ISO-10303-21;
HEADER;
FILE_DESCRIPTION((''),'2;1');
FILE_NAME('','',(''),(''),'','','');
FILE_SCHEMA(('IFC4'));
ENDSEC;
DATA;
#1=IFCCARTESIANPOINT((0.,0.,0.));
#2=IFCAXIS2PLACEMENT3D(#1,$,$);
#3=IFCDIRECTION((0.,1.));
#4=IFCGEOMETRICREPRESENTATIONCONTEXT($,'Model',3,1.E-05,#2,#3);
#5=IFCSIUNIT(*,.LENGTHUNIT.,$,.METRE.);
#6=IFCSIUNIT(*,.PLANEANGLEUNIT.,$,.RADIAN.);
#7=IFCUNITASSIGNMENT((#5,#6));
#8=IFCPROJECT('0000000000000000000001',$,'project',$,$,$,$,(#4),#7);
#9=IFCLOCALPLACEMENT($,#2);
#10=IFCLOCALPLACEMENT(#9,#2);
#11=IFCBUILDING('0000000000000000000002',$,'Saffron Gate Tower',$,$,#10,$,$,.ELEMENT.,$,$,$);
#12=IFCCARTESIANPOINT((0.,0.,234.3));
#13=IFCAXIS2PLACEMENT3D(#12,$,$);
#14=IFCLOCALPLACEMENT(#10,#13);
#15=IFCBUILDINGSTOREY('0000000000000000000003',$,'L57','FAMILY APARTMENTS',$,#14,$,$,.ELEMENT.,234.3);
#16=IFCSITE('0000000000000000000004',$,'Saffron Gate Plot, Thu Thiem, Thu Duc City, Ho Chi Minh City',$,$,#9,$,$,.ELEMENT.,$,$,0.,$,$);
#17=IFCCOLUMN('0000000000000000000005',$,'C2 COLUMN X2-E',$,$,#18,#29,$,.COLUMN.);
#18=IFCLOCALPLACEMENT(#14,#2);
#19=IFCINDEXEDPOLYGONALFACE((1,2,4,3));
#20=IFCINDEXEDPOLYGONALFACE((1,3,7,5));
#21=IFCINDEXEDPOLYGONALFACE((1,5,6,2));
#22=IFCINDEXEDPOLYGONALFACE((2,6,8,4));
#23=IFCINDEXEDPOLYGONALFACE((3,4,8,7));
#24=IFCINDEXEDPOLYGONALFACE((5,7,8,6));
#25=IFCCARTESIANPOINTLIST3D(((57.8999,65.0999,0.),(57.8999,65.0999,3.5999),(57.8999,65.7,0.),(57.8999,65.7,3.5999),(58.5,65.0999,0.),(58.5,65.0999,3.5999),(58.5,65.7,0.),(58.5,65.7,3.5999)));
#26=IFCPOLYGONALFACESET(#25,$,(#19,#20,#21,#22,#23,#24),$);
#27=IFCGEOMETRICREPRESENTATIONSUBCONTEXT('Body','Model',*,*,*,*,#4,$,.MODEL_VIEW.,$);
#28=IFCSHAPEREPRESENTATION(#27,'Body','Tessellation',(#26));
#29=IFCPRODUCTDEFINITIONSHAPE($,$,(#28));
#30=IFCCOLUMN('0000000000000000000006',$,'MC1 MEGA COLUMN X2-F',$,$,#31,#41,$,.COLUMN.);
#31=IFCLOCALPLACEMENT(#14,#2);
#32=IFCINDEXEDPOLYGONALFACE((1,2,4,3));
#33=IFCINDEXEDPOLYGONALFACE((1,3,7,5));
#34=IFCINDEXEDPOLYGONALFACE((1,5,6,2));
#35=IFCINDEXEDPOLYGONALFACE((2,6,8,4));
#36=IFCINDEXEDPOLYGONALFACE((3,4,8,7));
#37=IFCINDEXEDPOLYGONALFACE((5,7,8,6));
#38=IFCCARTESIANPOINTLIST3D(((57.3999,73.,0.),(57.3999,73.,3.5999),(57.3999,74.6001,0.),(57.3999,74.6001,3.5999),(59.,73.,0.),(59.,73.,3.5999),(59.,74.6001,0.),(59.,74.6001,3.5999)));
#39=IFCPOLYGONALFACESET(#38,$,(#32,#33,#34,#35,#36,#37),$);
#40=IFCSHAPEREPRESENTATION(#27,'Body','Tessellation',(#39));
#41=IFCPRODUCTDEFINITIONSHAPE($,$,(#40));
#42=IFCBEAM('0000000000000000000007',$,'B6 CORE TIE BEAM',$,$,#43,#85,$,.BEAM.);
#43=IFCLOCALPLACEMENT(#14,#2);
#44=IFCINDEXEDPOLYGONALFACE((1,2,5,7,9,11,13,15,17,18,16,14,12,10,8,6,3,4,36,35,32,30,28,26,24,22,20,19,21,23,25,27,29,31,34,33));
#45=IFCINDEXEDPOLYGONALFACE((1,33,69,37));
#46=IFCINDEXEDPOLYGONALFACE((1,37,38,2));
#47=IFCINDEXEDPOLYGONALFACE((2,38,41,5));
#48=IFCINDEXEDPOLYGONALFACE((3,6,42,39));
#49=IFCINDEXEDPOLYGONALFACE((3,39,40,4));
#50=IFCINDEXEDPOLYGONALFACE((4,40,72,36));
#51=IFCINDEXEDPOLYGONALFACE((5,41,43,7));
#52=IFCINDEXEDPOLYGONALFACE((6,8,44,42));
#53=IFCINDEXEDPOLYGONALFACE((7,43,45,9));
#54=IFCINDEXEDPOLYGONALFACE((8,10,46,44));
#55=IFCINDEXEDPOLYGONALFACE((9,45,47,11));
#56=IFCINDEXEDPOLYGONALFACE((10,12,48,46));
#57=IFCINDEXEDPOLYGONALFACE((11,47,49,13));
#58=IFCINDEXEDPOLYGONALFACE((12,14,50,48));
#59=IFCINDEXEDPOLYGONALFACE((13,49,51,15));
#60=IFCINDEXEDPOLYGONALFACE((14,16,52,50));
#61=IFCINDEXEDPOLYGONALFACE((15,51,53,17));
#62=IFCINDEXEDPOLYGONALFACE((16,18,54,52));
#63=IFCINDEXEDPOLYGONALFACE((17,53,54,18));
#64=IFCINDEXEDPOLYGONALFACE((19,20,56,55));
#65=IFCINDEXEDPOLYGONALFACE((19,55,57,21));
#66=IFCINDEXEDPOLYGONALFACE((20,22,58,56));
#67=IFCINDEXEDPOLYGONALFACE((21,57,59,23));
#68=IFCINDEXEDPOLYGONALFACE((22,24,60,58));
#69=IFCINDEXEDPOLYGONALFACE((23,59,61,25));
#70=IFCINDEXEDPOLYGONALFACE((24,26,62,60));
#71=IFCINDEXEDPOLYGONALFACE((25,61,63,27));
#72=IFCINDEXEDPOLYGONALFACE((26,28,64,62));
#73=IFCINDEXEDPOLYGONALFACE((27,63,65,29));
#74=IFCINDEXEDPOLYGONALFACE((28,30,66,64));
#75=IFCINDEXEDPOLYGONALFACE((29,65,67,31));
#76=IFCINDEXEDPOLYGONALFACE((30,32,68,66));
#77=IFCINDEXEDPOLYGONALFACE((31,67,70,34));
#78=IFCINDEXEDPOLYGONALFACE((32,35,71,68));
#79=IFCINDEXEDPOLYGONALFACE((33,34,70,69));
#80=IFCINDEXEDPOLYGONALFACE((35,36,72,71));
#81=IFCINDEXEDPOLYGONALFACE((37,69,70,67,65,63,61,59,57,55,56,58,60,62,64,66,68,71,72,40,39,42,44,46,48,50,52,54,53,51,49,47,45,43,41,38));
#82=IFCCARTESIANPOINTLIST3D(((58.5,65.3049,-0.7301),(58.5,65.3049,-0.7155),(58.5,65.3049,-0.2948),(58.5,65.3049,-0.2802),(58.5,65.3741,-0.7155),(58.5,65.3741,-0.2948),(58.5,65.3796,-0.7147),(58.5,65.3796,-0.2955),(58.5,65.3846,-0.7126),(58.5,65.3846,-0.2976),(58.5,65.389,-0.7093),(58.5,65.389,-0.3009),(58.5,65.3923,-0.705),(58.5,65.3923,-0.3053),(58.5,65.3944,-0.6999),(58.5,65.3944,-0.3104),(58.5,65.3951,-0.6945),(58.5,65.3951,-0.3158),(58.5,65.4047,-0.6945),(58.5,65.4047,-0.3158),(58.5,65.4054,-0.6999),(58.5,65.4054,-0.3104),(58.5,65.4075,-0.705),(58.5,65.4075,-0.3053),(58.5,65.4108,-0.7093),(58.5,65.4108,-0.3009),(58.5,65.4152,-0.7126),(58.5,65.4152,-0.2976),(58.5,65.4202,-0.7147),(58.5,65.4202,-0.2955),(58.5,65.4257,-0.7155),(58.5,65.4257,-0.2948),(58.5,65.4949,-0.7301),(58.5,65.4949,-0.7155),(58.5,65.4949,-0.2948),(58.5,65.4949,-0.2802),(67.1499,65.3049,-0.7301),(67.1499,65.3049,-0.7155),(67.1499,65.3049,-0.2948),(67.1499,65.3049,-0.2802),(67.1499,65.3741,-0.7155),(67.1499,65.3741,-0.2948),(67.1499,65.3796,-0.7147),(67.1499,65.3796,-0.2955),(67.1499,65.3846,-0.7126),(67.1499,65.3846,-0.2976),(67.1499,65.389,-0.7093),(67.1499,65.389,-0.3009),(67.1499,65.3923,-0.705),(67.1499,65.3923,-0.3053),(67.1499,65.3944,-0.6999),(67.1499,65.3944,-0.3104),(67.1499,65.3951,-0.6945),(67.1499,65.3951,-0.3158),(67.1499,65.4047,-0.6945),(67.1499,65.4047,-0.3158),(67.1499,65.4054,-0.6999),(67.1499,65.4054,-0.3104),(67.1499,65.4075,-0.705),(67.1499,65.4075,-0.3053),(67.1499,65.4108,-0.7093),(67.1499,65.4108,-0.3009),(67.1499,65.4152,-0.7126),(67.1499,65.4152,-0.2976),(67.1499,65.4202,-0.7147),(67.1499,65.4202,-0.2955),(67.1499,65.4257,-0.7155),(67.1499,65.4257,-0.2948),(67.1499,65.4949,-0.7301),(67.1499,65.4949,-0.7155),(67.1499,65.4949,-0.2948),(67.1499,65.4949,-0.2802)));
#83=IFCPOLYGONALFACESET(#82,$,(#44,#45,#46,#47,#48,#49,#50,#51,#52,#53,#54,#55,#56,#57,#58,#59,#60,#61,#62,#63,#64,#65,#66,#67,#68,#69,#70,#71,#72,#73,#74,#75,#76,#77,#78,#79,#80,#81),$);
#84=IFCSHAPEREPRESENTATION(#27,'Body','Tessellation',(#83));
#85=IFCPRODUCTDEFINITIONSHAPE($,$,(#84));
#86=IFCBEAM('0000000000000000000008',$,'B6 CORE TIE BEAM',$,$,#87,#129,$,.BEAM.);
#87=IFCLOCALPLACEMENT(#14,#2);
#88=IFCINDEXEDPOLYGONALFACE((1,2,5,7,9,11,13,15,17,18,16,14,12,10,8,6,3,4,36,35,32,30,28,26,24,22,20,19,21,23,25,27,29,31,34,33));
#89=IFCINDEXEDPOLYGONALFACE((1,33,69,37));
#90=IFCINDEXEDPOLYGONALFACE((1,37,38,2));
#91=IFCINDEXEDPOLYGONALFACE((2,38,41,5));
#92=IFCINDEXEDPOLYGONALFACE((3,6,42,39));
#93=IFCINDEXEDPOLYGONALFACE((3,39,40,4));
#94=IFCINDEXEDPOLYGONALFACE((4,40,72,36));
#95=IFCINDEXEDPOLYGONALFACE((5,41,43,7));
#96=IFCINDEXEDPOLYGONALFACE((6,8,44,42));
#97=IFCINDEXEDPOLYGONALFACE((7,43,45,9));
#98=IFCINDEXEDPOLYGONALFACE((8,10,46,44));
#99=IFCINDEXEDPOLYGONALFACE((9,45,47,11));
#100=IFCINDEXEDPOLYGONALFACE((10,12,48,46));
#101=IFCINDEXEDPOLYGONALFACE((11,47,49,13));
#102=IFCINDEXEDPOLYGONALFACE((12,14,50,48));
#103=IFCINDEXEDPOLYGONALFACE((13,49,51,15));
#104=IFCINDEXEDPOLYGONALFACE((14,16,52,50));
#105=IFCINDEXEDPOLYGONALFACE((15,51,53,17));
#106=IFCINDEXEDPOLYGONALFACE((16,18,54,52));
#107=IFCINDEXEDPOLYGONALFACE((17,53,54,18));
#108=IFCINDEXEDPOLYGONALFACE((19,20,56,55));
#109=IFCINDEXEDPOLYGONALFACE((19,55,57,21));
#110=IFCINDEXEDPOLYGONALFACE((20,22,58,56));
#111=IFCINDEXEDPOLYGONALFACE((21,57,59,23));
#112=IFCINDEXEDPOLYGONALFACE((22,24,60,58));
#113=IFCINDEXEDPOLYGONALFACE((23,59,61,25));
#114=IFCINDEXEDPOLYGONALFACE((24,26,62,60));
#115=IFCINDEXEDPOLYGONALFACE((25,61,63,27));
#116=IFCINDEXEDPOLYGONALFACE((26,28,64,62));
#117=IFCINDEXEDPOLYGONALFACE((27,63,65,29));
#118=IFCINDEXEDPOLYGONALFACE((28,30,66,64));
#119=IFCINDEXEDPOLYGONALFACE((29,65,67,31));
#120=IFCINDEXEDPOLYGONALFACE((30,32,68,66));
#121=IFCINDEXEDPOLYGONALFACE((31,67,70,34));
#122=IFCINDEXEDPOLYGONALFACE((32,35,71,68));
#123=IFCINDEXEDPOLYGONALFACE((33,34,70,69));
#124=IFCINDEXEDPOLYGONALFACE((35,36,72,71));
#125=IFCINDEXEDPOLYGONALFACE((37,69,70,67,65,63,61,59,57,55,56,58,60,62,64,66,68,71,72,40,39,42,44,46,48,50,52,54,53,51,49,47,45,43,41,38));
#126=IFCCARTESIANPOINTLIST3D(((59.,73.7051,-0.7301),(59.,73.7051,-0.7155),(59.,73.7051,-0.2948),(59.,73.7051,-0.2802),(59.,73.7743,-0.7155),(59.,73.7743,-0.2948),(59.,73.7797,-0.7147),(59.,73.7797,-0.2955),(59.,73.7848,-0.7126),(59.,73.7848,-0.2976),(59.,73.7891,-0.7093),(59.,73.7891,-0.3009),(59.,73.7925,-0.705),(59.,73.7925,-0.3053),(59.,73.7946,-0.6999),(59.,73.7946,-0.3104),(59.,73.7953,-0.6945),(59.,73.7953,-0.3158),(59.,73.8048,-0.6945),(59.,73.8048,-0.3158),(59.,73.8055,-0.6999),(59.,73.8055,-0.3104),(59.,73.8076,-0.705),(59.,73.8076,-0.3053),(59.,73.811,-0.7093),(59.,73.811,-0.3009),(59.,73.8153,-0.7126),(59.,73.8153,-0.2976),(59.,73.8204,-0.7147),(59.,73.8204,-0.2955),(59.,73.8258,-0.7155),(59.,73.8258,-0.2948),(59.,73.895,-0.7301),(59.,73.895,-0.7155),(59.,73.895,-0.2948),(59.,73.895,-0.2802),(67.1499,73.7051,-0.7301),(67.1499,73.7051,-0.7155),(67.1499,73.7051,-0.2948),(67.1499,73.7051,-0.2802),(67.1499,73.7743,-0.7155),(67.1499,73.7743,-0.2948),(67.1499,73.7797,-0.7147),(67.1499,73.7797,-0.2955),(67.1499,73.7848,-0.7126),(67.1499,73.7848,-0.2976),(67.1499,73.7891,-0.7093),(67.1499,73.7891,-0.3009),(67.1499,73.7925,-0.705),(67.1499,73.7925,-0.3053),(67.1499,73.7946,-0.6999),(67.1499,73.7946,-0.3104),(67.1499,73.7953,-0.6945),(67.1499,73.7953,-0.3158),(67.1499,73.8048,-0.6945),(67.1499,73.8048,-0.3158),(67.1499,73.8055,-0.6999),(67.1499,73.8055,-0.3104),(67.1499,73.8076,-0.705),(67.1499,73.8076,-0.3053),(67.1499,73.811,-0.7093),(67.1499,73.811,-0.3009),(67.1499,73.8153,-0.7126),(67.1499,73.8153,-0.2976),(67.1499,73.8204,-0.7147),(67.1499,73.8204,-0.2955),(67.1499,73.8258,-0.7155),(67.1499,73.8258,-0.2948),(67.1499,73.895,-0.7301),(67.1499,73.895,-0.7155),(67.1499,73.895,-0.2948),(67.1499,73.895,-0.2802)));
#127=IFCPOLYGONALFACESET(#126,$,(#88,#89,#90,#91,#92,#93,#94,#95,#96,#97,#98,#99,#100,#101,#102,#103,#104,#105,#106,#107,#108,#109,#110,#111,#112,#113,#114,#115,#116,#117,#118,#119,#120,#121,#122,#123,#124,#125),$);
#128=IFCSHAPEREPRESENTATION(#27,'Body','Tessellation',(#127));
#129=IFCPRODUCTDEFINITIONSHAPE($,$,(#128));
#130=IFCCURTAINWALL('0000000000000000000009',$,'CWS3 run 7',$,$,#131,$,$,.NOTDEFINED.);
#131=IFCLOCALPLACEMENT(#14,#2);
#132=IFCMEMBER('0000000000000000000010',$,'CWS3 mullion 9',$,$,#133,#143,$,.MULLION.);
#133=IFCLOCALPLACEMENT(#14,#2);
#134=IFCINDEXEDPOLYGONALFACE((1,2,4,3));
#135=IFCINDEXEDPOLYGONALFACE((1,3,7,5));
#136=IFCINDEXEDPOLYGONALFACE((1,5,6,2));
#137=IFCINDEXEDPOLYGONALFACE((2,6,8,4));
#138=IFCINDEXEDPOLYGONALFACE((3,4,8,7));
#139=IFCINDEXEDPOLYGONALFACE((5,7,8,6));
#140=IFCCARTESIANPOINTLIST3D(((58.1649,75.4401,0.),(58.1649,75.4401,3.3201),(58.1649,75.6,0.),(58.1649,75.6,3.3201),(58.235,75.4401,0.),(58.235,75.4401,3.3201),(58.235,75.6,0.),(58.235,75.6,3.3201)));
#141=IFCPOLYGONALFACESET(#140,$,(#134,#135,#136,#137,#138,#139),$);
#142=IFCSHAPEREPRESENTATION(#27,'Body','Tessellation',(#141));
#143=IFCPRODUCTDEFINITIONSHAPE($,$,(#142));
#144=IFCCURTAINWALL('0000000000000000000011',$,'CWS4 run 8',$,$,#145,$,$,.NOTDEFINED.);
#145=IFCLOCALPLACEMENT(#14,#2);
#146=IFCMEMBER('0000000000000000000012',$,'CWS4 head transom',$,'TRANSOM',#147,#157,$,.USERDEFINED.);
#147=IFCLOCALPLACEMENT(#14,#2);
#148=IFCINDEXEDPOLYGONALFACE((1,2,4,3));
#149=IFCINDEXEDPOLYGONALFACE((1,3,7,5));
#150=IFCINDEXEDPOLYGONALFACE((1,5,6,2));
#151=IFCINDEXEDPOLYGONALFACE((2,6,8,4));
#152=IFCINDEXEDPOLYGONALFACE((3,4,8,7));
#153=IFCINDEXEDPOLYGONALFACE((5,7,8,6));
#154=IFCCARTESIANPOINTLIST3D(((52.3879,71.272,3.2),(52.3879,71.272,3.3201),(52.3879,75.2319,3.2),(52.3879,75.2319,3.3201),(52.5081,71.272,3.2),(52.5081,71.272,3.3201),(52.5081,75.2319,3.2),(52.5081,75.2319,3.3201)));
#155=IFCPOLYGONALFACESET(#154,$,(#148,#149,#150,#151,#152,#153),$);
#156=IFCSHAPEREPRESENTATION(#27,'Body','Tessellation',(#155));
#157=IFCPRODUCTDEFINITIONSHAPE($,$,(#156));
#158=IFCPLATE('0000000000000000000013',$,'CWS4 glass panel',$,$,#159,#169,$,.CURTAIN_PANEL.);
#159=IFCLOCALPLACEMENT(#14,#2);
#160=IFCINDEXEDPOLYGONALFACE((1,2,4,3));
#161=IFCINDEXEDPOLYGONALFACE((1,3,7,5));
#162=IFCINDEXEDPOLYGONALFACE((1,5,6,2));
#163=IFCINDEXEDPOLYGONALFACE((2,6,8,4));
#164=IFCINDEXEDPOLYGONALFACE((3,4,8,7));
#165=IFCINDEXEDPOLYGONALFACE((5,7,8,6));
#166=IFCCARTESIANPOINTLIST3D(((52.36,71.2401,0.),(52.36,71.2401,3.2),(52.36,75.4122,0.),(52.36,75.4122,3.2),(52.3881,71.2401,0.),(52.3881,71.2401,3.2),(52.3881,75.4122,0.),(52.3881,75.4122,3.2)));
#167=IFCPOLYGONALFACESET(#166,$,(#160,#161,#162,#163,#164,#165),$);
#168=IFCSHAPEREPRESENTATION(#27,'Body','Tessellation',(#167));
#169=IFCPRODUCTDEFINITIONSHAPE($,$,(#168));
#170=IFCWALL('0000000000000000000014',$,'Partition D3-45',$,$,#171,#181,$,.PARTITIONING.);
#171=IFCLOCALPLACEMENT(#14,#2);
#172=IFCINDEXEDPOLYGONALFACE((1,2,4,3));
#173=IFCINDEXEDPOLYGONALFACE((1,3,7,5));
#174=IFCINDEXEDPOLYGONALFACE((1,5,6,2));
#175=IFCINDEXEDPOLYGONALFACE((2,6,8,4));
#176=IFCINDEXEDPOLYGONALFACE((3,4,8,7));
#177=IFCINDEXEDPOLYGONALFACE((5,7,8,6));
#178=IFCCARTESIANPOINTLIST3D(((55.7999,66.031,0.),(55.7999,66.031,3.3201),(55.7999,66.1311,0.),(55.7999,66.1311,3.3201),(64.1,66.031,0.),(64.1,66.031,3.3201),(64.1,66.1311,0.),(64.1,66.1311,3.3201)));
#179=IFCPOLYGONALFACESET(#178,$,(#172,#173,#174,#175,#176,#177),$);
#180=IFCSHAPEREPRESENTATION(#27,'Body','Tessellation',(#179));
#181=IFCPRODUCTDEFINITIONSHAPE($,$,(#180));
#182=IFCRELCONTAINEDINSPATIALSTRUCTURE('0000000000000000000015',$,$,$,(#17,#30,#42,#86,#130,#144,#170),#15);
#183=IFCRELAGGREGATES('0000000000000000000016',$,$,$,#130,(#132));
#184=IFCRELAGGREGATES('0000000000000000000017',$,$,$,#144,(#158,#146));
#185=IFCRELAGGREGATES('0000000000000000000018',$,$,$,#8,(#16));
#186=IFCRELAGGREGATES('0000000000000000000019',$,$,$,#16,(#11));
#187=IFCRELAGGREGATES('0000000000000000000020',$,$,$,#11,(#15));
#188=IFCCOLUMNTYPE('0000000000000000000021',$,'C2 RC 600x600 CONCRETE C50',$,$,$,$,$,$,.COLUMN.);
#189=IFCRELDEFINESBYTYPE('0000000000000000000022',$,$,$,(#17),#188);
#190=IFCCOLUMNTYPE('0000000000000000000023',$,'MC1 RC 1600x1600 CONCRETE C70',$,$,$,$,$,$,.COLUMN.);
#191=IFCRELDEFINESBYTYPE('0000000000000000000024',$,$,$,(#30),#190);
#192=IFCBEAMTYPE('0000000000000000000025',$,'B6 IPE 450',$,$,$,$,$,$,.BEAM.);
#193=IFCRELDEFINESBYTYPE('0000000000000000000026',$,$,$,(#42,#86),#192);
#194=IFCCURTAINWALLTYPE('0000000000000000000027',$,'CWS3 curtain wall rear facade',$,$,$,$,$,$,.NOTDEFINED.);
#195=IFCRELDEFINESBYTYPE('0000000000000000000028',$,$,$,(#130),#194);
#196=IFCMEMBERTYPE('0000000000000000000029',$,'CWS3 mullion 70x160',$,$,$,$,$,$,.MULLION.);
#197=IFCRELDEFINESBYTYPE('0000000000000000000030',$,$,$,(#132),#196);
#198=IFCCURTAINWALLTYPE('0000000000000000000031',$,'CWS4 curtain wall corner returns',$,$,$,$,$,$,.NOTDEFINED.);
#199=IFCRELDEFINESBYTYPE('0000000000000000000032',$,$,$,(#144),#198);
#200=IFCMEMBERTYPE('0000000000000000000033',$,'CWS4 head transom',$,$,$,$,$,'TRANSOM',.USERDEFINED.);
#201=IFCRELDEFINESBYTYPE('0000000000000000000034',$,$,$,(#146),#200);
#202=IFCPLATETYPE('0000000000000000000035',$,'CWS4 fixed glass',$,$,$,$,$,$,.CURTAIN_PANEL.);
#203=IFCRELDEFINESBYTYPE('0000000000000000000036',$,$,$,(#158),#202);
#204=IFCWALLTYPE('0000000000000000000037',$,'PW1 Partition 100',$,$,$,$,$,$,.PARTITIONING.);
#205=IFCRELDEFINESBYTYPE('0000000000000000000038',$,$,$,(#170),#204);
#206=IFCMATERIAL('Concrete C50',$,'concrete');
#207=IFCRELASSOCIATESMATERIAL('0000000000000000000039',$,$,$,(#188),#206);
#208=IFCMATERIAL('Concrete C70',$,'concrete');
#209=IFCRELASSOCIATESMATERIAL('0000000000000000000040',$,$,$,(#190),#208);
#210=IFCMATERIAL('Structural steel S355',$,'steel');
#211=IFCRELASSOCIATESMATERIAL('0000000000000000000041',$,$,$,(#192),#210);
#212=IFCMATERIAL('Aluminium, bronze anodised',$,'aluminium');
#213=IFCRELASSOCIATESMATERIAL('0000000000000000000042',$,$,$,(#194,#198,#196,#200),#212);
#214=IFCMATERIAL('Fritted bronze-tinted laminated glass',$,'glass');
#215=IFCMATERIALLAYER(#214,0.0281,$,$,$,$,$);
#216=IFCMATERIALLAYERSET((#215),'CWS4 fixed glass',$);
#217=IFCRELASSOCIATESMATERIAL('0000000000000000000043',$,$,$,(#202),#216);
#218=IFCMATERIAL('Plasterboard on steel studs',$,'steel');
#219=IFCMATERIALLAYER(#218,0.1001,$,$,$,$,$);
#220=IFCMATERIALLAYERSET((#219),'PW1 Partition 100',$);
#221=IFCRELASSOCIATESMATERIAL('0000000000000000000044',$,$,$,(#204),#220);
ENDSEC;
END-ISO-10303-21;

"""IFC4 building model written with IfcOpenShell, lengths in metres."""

from ifc_helpers import new_model, si_unit, direction, frame, frame_2d, origin, origin_2d, place, context, subcontext, project, spatial, rectangle, i_section, extrude, material, layer, layer_set, material_profile, profile_set, type_object, element, aggregate, save


model = new_model("IFC4")

# Units and contexts
model_context = context("Model", 3, precision=1e-05, world=origin(), true_north=direction((0.0, 1.0)))
body_context = subcontext(model_context, "Body", "Model", "MODEL_VIEW")
ifc_project = project(units=[si_unit("LENGTHUNIT", "METRE"), si_unit("PLANEANGLEUNIT", "RADIAN")], contexts=[model_context])

# Site, building, storey
site_placement = place(None, origin())
site = spatial("IfcSite", under=ifc_project, at=site_placement, Name="Saffron Gate Plot, Thu Thiem, Thu Duc City, Ho Chi Minh City", CompositionType="ELEMENT", RefElevation=0.0)
building_placement = place(site_placement, origin())
building = spatial("IfcBuilding", under=site, at=building_placement, Name="Saffron Gate Tower", CompositionType="ELEMENT")
storey_placement = place(building_placement, frame((0.0, 0.0, 234.3)))
storey = spatial("IfcBuildingStorey", under=building, at=storey_placement, Name="L57", Description="FAMILY APARTMENTS", CompositionType="ELEMENT", Elevation=234.3)

# Columns
ifc_material_1 = material(Name="Concrete C50", Category="concrete")
ifc_material_profile_1 = material_profile(ifc_material_1, rectangle(XDim=0.6001, YDim=0.6001, at=origin_2d()))
ifc_profile_set_1 = profile_set([ifc_material_profile_1], Name="Concrete C50")
column_type_1 = type_object("IfcColumnType", Name="C2 RC 600x600 CONCRETE C50", PredefinedType="COLUMN", material=ifc_profile_set_1)
column_1_placement = place(storey_placement, frame((58.2, 65.3999, 0.0), z_axis=(0.0, 0.0, 1.0), x_axis=(1.0, 0.0, 0.0)))
element("IfcColumn", 1, at=column_1_placement, inside=storey, type_object=column_type_1, Name="C2 COLUMN X2-E", PredefinedType="COLUMN", context=body_context, shape_type="SweptSolid", body=[
    extrude(rectangle(XDim=0.6001, YDim=0.6001, at=origin_2d()), origin(), (0.0, 0.0, 1.0), 3.5999),
])
ifc_material_2 = material(Name="Concrete C70", Category="concrete")
ifc_material_profile_2 = material_profile(ifc_material_2, rectangle(XDim=1.6001, YDim=1.6001, at=origin_2d()))
ifc_profile_set_2 = profile_set([ifc_material_profile_2], Name="Concrete C70")
column_type_2 = type_object("IfcColumnType", Name="MC1 RC 1600x1600 CONCRETE C70", PredefinedType="COLUMN", material=ifc_profile_set_2)
column_2_placement = place(storey_placement, frame((58.2, 73.8, 0.0), z_axis=(0.0, 0.0, 1.0), x_axis=(1.0, 0.0, 0.0)))
element("IfcColumn", 2, at=column_2_placement, inside=storey, type_object=column_type_2, Name="MC1 MEGA COLUMN X2-F", PredefinedType="COLUMN", context=body_context, shape_type="SweptSolid", body=[
    extrude(rectangle(XDim=1.6001, YDim=1.6001, at=origin_2d()), origin(), (0.0, 0.0, 1.0), 3.5999),
])

# Beams
ifc_material_3 = material(Name="Structural steel S355", Category="steel")
ifc_material_profile_3 = material_profile(ifc_material_3, i_section(OverallWidth=0.1899, OverallDepth=0.45, WebThickness=0.0095, FlangeThickness=0.0146, FilletRadius=0.021, at=origin_2d()))
ifc_profile_set_3 = profile_set([ifc_material_profile_3], Name="Structural steel S355")
beam_type = type_object("IfcBeamType", Name="B6 IPE 450", PredefinedType="BEAM", material=ifc_profile_set_3)
beam_1_placement = place(storey_placement, frame((58.5, 65.3999, -0.5051), z_axis=(1.0, 0.0, 0.0), x_axis=(0.0, 1.0, 0.0)))
element("IfcBeam", 3, at=beam_1_placement, inside=storey, type_object=beam_type, Name="B6 CORE TIE BEAM", PredefinedType="BEAM", context=body_context, shape_type="SweptSolid", body=[
    extrude(i_section(OverallWidth=0.1899, OverallDepth=0.45, WebThickness=0.0095, FlangeThickness=0.0146, FilletRadius=0.021, at=origin_2d()), origin(), (0.0, 0.0, 1.0), 8.6499),
])
beam_2_placement = place(storey_placement, frame((59.0, 73.8, -0.5051), z_axis=(1.0, 0.0, 0.0), x_axis=(0.0, 1.0, 0.0)))
element("IfcBeam", 4, at=beam_2_placement, inside=storey, type_object=beam_type, Name="B6 CORE TIE BEAM", PredefinedType="BEAM", context=body_context, shape_type="SweptSolid", body=[
    extrude(i_section(OverallWidth=0.1899, OverallDepth=0.45, WebThickness=0.0095, FlangeThickness=0.0146, FilletRadius=0.021, at=origin_2d()), origin(), (0.0, 0.0, 1.0), 8.1499),
])

# Curtain wall, member
ifc_material_4 = material(Name="Aluminium, bronze anodised", Category="aluminium")
curtain_wall_type_1 = type_object("IfcCurtainWallType", Name="CWS3 curtain wall rear facade", PredefinedType="NOTDEFINED", material=ifc_material_4)
curtain_wall_1_placement = place(storey_placement, origin())
curtain_wall_1 = element("IfcCurtainWall", 5, at=curtain_wall_1_placement, inside=storey, type_object=curtain_wall_type_1, Name="CWS3 run 7", PredefinedType="NOTDEFINED")
ifc_material_profile_4 = material_profile(ifc_material_4, rectangle(XDim=0.1599, YDim=0.0701, at=origin_2d()))
ifc_profile_set_4 = profile_set([ifc_material_profile_4], Name="Aluminium, bronze anodised")
member_type_1 = type_object("IfcMemberType", Name="CWS3 mullion 70x160", PredefinedType="MULLION", material=ifc_profile_set_4)
member_1_placement = place(storey_placement, frame((58.2, 75.52, 0.0), z_axis=(0.0, 0.0, 1.0), x_axis=(0.0, -1.0, 0.0)))
member_1 = element("IfcMember", 6, at=member_1_placement, type_object=member_type_1, Name="CWS3 mullion 9", PredefinedType="MULLION", context=body_context, shape_type="SweptSolid", body=[
    extrude(rectangle(XDim=0.1599, YDim=0.0701, at=origin_2d()), origin(), (0.0, 0.0, 1.0), 3.3201),
])
aggregate(curtain_wall_1, [member_1])

# Curtain wall, member, plate
curtain_wall_type_2 = type_object("IfcCurtainWallType", Name="CWS4 curtain wall corner returns", PredefinedType="NOTDEFINED", material=ifc_material_4)
curtain_wall_2_placement = place(storey_placement, origin())
curtain_wall_2 = element("IfcCurtainWall", 7, at=curtain_wall_2_placement, inside=storey, type_object=curtain_wall_type_2, Name="CWS4 run 8", PredefinedType="NOTDEFINED")
ifc_material_profile_5 = material_profile(ifc_material_4, rectangle(XDim=0.1201, YDim=0.1201, at=origin_2d()))
ifc_profile_set_5 = profile_set([ifc_material_profile_5], Name="Aluminium, bronze anodised")
member_type_2 = type_object("IfcMemberType", Name="CWS4 head transom", ElementType="TRANSOM", PredefinedType="USERDEFINED", material=ifc_profile_set_5)
member_2_placement = place(storey_placement, frame((52.448, 75.2319, 3.26), z_axis=(0.0, -1.0, 0.0), x_axis=(1.0, 0.0, 0.0)))
member_2 = element("IfcMember", 8, at=member_2_placement, type_object=member_type_2, Name="CWS4 head transom", ObjectType="TRANSOM", PredefinedType="USERDEFINED", context=body_context, shape_type="SweptSolid", body=[
    extrude(rectangle(XDim=0.1201, YDim=0.1201, at=origin_2d()), origin(), (0.0, 0.0, 1.0), 3.96),
])
ifc_material_5 = material(Name="Fritted bronze-tinted laminated glass", Category="glass")
ifc_layer_1 = layer(ifc_material_5, 0.0281)
ifc_layer_set_1 = layer_set([ifc_layer_1], Name="CWS4 fixed glass")
plate_type = type_object("IfcPlateType", Name="CWS4 fixed glass", PredefinedType="CURTAIN_PANEL", material=ifc_layer_set_1)
plate_placement = place(storey_placement, frame((52.374, 75.4121, 0.0), z_axis=(0.0, 0.0, 1.0), x_axis=(0.0, -1.0, 0.0)))
plate = element("IfcPlate", 9, at=plate_placement, type_object=plate_type, Name="CWS4 glass panel", PredefinedType="CURTAIN_PANEL", context=body_context, shape_type="SweptSolid", body=[
    extrude(rectangle(XDim=4.1721, YDim=0.0281, at=frame_2d((2.0859, 0.0))), origin(), (0.0, 0.0, 1.0), 3.2),
])
aggregate(curtain_wall_2, [plate, member_2])

# Wall
ifc_material_6 = material(Name="Plasterboard on steel studs", Category="steel")
ifc_layer_2 = layer(ifc_material_6, 0.1001)
ifc_layer_set_2 = layer_set([ifc_layer_2], Name="PW1 Partition 100")
wall_type = type_object("IfcWallType", Name="PW1 Partition 100", PredefinedType="PARTITIONING", material=ifc_layer_set_2)
for number, where, z_axis, x_axis, name in (
    (10, (55.8, 66.0811, 0.0), (0.0, 0.0, 1.0), (1.0, 0.0, 0.0), "Partition D3-45"),
):
    element("IfcWall", number, at=place(storey_placement, frame(where, z_axis=z_axis, x_axis=x_axis)), inside=storey, type_object=wall_type, Name=name, PredefinedType="PARTITIONING", context=body_context, shape_type="SweptSolid", body=[
        extrude(rectangle(XDim=8.3, YDim=0.1001, at=frame_2d((4.1499, 0.0))), origin(), (0.0, 0.0, 1.0), 3.3201),
    ])

save(model, "model.ifc")
